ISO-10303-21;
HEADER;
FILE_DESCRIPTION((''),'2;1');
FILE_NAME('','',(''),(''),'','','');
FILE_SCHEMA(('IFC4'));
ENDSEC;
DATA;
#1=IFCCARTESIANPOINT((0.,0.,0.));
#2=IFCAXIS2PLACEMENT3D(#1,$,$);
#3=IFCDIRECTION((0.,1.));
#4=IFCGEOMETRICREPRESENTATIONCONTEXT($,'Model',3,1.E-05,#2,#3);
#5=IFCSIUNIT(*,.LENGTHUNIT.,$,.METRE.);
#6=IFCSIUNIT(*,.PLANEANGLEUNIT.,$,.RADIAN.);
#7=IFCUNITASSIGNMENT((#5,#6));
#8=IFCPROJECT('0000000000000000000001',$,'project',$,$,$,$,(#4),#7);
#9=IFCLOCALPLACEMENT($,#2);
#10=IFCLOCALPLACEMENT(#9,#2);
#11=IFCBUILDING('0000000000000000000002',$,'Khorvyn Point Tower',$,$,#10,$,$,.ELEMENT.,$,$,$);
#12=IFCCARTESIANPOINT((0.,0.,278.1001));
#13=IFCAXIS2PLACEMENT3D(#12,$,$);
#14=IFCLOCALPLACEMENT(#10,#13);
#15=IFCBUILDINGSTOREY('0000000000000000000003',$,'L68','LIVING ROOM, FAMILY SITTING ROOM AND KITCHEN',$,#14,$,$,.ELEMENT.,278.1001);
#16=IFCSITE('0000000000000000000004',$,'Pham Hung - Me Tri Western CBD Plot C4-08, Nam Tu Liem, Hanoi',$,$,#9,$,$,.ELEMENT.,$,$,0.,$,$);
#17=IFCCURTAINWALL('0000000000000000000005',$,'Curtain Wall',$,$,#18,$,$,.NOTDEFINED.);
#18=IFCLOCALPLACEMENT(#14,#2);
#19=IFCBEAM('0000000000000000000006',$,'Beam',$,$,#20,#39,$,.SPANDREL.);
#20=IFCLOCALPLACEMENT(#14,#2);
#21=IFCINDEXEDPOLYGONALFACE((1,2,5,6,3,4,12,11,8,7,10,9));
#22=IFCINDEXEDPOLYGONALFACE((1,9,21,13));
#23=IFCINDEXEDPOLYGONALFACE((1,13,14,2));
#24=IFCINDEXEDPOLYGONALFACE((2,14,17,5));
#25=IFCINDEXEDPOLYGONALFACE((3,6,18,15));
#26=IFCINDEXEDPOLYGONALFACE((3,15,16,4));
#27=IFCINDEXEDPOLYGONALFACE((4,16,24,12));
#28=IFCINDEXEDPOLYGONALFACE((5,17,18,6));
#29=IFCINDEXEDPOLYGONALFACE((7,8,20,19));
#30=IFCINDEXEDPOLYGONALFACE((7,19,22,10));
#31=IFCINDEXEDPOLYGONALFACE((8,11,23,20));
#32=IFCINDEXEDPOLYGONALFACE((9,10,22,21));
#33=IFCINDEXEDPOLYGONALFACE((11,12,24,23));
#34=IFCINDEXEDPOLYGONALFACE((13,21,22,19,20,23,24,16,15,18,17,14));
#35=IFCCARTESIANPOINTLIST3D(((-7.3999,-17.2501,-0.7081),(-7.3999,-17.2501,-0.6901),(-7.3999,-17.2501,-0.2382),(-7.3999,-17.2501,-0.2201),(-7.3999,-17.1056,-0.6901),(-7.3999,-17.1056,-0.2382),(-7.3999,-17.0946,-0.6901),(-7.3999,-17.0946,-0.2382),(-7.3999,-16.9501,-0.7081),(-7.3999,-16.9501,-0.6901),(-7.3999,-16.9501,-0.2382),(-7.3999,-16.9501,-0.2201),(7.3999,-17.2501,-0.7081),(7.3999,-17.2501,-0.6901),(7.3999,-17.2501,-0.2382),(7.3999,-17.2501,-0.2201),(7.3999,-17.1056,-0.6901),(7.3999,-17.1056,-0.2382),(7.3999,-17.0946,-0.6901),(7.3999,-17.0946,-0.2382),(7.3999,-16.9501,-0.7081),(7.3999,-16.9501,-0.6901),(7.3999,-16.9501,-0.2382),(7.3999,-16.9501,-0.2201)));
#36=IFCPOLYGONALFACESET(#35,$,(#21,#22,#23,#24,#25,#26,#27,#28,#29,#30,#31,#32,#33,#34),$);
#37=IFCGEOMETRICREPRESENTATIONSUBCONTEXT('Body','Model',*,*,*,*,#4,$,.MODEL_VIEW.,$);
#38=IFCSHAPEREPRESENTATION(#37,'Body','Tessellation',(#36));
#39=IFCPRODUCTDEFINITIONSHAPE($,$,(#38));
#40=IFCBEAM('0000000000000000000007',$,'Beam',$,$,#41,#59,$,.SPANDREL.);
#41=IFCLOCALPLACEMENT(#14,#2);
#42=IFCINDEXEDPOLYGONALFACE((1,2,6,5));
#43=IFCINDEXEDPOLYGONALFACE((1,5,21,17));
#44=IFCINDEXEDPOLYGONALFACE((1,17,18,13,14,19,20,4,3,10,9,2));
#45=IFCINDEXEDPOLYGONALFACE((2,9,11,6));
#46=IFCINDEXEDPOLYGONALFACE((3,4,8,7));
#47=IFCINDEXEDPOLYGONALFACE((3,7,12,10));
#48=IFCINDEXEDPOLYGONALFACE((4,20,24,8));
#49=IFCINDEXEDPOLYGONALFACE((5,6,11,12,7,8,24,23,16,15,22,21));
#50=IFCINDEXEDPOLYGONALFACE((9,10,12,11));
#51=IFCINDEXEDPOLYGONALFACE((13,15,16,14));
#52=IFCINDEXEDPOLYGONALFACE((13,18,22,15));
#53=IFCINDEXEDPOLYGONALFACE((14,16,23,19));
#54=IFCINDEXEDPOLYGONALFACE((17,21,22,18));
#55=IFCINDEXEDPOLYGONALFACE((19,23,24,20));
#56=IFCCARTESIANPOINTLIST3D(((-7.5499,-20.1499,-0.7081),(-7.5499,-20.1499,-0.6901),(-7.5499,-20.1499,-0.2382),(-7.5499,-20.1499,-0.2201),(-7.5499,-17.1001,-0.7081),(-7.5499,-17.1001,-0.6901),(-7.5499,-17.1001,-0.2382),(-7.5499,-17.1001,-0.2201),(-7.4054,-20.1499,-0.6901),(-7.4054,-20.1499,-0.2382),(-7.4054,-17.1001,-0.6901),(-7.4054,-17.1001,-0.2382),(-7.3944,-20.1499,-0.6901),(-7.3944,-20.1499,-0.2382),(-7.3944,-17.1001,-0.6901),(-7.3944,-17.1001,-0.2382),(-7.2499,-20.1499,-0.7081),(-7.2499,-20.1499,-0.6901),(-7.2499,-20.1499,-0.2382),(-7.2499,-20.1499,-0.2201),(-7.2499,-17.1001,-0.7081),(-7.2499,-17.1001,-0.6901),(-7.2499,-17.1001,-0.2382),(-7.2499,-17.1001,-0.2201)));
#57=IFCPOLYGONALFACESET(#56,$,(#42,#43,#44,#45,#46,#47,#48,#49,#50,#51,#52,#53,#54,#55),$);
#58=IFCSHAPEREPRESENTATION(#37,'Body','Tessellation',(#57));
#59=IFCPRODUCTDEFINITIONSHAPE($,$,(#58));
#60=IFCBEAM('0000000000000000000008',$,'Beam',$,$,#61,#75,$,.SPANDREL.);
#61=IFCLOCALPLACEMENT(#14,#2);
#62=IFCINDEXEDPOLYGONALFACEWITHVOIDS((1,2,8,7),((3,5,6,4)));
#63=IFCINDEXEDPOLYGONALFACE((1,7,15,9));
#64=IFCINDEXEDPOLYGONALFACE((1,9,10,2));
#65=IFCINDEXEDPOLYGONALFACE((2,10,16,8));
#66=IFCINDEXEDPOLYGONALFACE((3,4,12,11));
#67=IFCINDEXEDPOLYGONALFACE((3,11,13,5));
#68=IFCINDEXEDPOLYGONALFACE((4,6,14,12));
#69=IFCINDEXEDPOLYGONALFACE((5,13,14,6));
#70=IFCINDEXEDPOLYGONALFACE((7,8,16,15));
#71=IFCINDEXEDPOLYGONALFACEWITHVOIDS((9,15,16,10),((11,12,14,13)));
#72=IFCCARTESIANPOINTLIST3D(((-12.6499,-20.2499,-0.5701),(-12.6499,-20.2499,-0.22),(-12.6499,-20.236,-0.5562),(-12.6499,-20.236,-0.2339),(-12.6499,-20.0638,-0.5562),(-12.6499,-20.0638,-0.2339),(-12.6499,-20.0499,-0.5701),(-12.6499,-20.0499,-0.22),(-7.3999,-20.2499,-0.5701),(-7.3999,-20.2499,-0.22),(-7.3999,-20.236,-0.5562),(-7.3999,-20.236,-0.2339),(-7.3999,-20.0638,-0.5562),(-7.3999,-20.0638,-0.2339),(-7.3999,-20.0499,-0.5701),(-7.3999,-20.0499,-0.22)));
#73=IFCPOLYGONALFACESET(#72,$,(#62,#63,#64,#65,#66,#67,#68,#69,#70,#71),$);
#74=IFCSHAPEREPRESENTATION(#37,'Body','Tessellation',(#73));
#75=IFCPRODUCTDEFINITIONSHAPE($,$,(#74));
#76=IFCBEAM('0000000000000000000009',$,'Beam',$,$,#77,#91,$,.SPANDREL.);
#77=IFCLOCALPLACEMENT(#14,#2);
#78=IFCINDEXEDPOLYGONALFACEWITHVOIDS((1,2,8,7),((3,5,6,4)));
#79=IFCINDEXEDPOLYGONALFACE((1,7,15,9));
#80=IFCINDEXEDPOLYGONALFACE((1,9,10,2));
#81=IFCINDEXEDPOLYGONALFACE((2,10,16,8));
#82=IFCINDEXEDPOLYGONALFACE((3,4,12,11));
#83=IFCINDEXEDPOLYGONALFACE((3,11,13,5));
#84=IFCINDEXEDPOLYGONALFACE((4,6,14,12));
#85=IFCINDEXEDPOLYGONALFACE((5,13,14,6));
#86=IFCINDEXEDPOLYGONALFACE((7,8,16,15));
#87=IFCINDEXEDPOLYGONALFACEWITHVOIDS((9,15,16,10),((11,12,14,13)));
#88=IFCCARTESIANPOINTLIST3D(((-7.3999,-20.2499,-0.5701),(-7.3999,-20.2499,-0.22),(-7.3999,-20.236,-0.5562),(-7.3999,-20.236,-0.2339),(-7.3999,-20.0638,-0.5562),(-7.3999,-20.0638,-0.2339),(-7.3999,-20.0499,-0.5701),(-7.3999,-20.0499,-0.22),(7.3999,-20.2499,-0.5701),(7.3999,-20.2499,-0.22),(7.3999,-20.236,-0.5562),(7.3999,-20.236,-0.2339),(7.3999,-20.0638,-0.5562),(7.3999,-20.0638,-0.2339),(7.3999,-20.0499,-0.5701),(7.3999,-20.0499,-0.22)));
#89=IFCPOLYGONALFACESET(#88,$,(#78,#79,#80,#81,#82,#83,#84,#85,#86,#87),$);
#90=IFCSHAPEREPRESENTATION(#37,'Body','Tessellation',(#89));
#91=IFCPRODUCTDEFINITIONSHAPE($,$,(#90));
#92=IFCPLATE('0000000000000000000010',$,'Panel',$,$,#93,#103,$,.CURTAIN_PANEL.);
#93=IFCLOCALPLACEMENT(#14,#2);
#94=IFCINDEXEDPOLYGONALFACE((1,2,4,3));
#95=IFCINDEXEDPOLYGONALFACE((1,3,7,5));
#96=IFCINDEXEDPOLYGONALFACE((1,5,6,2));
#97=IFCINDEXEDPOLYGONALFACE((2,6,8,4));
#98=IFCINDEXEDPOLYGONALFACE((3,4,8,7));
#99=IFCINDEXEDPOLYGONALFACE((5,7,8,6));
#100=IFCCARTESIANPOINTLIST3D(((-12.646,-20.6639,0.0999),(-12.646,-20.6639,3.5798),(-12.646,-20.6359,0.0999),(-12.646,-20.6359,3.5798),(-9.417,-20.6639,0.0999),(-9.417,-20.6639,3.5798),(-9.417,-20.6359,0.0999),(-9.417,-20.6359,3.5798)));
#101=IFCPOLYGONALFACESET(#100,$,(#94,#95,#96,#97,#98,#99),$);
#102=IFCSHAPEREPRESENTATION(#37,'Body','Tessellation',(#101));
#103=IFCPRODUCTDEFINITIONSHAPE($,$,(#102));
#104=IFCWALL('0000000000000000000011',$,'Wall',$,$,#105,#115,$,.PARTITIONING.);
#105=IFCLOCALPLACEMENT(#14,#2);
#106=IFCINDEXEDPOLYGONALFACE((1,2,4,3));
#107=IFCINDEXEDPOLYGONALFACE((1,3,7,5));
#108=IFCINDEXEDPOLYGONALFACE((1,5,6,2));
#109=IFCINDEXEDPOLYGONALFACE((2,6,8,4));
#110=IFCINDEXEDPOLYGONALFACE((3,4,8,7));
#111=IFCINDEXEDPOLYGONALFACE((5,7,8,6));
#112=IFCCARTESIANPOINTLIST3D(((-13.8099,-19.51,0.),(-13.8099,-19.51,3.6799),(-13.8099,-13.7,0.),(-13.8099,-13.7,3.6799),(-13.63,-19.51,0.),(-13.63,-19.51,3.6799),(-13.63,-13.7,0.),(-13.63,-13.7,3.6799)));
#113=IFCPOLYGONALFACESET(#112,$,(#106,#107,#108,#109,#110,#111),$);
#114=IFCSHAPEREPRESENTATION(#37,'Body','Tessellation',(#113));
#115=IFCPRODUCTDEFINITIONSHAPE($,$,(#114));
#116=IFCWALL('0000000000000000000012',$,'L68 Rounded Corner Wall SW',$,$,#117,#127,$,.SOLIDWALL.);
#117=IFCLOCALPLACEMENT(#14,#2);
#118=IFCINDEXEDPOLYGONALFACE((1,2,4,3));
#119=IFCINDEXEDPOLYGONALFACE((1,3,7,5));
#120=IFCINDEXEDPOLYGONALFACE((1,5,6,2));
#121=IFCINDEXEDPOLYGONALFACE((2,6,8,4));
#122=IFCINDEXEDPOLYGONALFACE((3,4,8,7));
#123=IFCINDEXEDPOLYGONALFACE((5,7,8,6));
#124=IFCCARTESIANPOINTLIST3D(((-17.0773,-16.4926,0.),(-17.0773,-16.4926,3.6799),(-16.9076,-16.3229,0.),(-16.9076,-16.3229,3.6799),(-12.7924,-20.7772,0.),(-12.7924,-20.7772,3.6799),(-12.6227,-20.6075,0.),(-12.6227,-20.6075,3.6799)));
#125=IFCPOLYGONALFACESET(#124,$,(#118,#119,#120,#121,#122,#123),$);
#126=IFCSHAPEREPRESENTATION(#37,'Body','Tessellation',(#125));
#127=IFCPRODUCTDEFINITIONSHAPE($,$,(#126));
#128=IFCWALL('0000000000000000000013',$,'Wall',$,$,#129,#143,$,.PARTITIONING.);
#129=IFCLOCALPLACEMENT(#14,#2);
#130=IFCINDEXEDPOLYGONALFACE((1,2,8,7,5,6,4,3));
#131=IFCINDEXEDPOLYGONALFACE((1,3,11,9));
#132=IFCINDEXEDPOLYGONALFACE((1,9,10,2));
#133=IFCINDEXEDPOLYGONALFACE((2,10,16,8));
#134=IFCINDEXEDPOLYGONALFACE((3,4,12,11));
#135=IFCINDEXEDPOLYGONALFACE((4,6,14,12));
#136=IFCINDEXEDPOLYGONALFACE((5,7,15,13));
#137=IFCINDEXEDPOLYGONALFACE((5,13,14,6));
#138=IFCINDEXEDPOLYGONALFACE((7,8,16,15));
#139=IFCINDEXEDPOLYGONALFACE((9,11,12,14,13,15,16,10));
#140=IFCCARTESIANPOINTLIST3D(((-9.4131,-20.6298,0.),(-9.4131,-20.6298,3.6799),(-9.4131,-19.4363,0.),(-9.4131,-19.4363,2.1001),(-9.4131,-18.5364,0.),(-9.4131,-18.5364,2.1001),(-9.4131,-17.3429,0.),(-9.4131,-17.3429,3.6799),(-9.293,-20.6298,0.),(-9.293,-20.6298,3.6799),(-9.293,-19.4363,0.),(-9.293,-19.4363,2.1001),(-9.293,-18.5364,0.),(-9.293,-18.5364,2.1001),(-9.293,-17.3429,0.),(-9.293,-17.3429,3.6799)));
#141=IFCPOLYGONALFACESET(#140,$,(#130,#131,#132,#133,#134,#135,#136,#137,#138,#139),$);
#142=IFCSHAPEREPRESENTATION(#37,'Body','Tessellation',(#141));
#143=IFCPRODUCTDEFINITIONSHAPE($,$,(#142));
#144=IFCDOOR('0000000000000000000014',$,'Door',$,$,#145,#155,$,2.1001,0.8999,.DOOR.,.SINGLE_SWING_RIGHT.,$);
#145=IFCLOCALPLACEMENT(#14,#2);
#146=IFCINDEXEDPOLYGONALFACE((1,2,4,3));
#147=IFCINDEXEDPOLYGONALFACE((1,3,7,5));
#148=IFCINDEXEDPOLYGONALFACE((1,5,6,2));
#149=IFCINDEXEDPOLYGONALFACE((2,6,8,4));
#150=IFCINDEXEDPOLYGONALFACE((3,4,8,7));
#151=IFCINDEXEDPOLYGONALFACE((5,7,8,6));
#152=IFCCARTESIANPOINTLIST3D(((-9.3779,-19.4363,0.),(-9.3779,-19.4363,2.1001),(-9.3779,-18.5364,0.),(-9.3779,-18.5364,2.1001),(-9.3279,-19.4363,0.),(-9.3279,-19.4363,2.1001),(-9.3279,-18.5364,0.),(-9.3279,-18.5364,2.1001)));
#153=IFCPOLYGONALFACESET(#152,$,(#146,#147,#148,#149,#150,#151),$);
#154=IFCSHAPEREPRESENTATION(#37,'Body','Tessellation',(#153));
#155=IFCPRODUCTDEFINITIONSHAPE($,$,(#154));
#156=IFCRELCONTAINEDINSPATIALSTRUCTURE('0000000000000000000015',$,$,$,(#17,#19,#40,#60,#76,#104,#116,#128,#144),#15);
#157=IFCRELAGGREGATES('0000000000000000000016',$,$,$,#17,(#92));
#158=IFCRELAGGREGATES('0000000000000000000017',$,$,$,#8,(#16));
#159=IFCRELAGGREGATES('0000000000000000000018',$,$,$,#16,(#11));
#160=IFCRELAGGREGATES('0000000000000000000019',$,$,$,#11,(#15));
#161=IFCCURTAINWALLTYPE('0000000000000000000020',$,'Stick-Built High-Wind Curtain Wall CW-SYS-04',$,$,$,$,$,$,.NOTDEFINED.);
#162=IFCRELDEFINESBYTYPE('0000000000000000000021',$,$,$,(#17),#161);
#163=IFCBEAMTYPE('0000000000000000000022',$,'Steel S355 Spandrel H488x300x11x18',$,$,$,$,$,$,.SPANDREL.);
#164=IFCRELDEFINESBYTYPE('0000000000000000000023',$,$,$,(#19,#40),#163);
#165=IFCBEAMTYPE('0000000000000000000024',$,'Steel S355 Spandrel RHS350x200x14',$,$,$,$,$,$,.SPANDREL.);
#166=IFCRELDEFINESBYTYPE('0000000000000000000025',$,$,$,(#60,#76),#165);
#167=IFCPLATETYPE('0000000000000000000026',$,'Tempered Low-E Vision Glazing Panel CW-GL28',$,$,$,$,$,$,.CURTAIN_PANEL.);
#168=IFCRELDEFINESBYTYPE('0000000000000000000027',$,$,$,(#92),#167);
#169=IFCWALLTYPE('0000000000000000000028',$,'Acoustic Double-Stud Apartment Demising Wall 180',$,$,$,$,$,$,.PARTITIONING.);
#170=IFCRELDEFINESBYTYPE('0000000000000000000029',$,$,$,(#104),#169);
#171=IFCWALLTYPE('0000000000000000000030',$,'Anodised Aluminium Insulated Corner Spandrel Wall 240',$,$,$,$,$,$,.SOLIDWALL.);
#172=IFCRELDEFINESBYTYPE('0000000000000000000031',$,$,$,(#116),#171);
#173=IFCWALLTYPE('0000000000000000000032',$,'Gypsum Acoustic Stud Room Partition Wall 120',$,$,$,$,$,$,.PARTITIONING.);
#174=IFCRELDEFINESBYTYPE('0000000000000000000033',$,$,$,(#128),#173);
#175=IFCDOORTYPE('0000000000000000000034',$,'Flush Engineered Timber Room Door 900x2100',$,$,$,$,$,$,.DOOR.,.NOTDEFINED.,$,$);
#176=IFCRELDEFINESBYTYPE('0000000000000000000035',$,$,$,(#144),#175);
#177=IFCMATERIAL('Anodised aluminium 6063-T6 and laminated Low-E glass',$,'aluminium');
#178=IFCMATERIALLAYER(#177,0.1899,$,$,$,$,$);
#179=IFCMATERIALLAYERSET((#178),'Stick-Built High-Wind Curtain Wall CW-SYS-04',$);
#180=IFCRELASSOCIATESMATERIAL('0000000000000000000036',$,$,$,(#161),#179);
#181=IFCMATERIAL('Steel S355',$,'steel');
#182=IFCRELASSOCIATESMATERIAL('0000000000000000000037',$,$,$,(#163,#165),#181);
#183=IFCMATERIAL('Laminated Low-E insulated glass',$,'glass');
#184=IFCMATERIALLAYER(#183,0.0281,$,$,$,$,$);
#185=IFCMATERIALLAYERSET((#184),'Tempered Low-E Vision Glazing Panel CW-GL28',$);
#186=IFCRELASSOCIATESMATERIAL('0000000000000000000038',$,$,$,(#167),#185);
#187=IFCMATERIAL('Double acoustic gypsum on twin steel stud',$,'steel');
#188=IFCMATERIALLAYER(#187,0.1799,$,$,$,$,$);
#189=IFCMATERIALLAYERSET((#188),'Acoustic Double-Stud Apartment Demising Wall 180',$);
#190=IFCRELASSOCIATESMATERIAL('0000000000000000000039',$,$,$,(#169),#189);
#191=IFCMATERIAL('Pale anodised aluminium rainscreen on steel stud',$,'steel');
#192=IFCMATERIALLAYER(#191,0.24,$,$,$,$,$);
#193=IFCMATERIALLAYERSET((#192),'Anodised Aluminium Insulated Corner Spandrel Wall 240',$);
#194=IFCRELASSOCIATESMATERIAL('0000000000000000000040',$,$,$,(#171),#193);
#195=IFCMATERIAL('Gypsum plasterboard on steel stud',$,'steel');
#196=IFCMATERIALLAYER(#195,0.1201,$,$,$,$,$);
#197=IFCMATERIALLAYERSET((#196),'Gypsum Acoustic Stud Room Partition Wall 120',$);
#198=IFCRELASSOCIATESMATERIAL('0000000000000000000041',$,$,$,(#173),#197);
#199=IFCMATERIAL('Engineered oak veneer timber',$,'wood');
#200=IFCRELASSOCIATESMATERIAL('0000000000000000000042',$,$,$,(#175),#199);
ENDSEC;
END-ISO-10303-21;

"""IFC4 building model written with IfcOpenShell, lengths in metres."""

from ifc_helpers import new_model, si_unit, direction, frame, frame_2d, origin, origin_2d, place, context, subcontext, project, spatial, rectangle, hollow_rectangle, i_section, extrude, material, layer, layer_set, material_profile, profile_set, type_object, element, fill, aggregate, save


model = new_model("IFC4")

# Units and contexts
model_context = context("Model", 3, precision=1e-05, world=origin(), true_north=direction((0.0, 1.0)))
body_context = subcontext(model_context, "Body", "Model", "MODEL_VIEW")
ifc_project = project(units=[si_unit("LENGTHUNIT", "METRE"), si_unit("PLANEANGLEUNIT", "RADIAN")], contexts=[model_context])

# Site, building, storey
site_placement = place(None, origin())
site = spatial("IfcSite", under=ifc_project, at=site_placement, Name="Pham Hung - Me Tri Western CBD Plot C4-08, Nam Tu Liem, Hanoi", CompositionType="ELEMENT", RefElevation=0.0)
building_placement = place(site_placement, origin())
building = spatial("IfcBuilding", under=site, at=building_placement, Name="Khorvyn Point Tower", CompositionType="ELEMENT")
storey_placement = place(building_placement, frame((0.0, 0.0, 278.1001)))
storey = spatial("IfcBuildingStorey", under=building, at=storey_placement, Name="L68", Description="LIVING ROOM, FAMILY SITTING ROOM AND KITCHEN", CompositionType="ELEMENT", Elevation=278.1001)

# Shared definitions
ifc_material_1 = material(Name="Steel S355", Category="steel")

# Curtain wall
ifc_material_2 = material(Name="Anodised aluminium 6063-T6 and laminated Low-E glass", Category="aluminium")
ifc_layer_1 = layer(ifc_material_2, 0.1899)
ifc_layer_set_1 = layer_set([ifc_layer_1], Name="Stick-Built High-Wind Curtain Wall CW-SYS-04")
curtain_wall_type = type_object("IfcCurtainWallType", Name="Stick-Built High-Wind Curtain Wall CW-SYS-04", PredefinedType="NOTDEFINED", material=ifc_layer_set_1)
curtain_wall_1_placement = place(storey_placement, origin())
curtain_wall_1 = element("IfcCurtainWall", 1, at=curtain_wall_1_placement, inside=storey, type_object=curtain_wall_type, Name="Curtain Wall", PredefinedType="NOTDEFINED")

# Beams
ifc_material_profile_1 = material_profile(ifc_material_1, i_section(OverallWidth=0.3, OverallDepth=0.488, WebThickness=0.011, FlangeThickness=0.0181, at=origin_2d()))
ifc_profile_set_1 = profile_set([ifc_material_profile_1], Name="Steel S355 H488x300x11x18")
beam_type_1 = type_object("IfcBeamType", Name="Steel S355 Spandrel H488x300x11x18", PredefinedType="SPANDREL", material=ifc_profile_set_1)
beam_1_placement = place(storey_placement, frame((-7.3999, -17.1001, -0.4641), z_axis=(1.0, 0.0, 0.0), x_axis=(0.0, 1.0, 0.0)))
element("IfcBeam", 2, at=beam_1_placement, inside=storey, type_object=beam_type_1, Name="Beam", PredefinedType="SPANDREL", context=body_context, shape_type="SweptSolid", body=[
    extrude(i_section(OverallWidth=0.3, OverallDepth=0.488, WebThickness=0.011, FlangeThickness=0.0181, at=origin_2d()), origin(), (0.0, 0.0, 1.0), 14.7998),
])
beam_2_placement = place(storey_placement, frame((-7.3999, -20.1499, -0.4641), z_axis=(0.0, 1.0, 0.0), x_axis=(-1.0, 0.0, 0.0)))
element("IfcBeam", 3, at=beam_2_placement, inside=storey, type_object=beam_type_1, Name="Beam", PredefinedType="SPANDREL", context=body_context, shape_type="SweptSolid", body=[
    extrude(i_section(OverallWidth=0.3, OverallDepth=0.488, WebThickness=0.011, FlangeThickness=0.0181, at=origin_2d()), origin(), (0.0, 0.0, 1.0), 3.0498),
])
ifc_material_profile_2 = material_profile(ifc_material_1, hollow_rectangle(XDim=0.2, YDim=0.3501, WallThickness=0.0139, at=origin_2d()))
ifc_profile_set_2 = profile_set([ifc_material_profile_2], Name="Steel S355 RHS350x200x14")
beam_type_2 = type_object("IfcBeamType", Name="Steel S355 Spandrel RHS350x200x14", PredefinedType="SPANDREL", material=ifc_profile_set_2)
beam_3_placement = place(storey_placement, frame((-12.6499, -20.1499, -0.395), z_axis=(1.0, 0.0, 0.0), x_axis=(0.0, 1.0, 0.0)))
element("IfcBeam", 4, at=beam_3_placement, inside=storey, type_object=beam_type_2, Name="Beam", PredefinedType="SPANDREL", context=body_context, shape_type="SweptSolid", body=[
    extrude(hollow_rectangle(XDim=0.2, YDim=0.3501, WallThickness=0.0139, at=origin_2d()), origin(), (0.0, 0.0, 1.0), 5.25),
])
beam_4_placement = place(storey_placement, frame((-7.3999, -20.1499, -0.395), z_axis=(1.0, 0.0, 0.0), x_axis=(0.0, 1.0, 0.0)))
element("IfcBeam", 5, at=beam_4_placement, inside=storey, type_object=beam_type_2, Name="Beam", PredefinedType="SPANDREL", context=body_context, shape_type="SweptSolid", body=[
    extrude(hollow_rectangle(XDim=0.2, YDim=0.3501, WallThickness=0.0139, at=origin_2d()), origin(), (0.0, 0.0, 1.0), 14.7998),
])

# Plate
ifc_material_3 = material(Name="Laminated Low-E insulated glass", Category="glass")
ifc_layer_2 = layer(ifc_material_3, 0.0281)
ifc_layer_set_2 = layer_set([ifc_layer_2], Name="Tempered Low-E Vision Glazing Panel CW-GL28")
plate_type = type_object("IfcPlateType", Name="Tempered Low-E Vision Glazing Panel CW-GL28", PredefinedType="CURTAIN_PANEL", material=ifc_layer_set_2)
plate_placement = place(storey_placement, frame((-11.0315, -20.6499, 0.0999), z_axis=(0.0, 0.0, 1.0), x_axis=(-1.0, 0.0, 0.0)))
plate = element("IfcPlate", 6, at=plate_placement, type_object=plate_type, Name="Panel", PredefinedType="CURTAIN_PANEL", context=body_context, shape_type="SweptSolid", body=[
    extrude(rectangle(XDim=3.229, YDim=0.0281, at=origin_2d()), origin(), (0.0, 0.0, 1.0), 3.48),
])
aggregate(curtain_wall_1, [plate])

# Walls
ifc_material_4 = material(Name="Double acoustic gypsum on twin steel stud", Category="steel")
ifc_layer_3 = layer(ifc_material_4, 0.1799)
ifc_layer_set_3 = layer_set([ifc_layer_3], Name="Acoustic Double-Stud Apartment Demising Wall 180")
wall_type_1 = type_object("IfcWallType", Name="Acoustic Double-Stud Apartment Demising Wall 180", PredefinedType="PARTITIONING", material=ifc_layer_set_3)
wall_1_placement = place(storey_placement, frame((-13.72, -19.51, 0.0), z_axis=(0.0, 0.0, 1.0), x_axis=(0.0, 1.0, 0.0)))
element("IfcWall", 7, at=wall_1_placement, inside=storey, type_object=wall_type_1, Name="Wall", PredefinedType="PARTITIONING", context=body_context, shape_type="SweptSolid", body=[
    extrude(rectangle(XDim=5.8101, YDim=0.1799, at=frame_2d((2.905, 0.0))), origin(), (0.0, 0.0, 1.0), 3.6799),
])
ifc_material_5 = material(Name="Pale anodised aluminium rainscreen on steel stud", Category="steel")
ifc_layer_4 = layer(ifc_material_5, 0.24)
ifc_layer_set_4 = layer_set([ifc_layer_4], Name="Anodised Aluminium Insulated Corner Spandrel Wall 240")
wall_type_2 = type_object("IfcWallType", Name="Anodised Aluminium Insulated Corner Spandrel Wall 240", PredefinedType="SOLIDWALL", material=ifc_layer_set_4)
wall_2_placement = place(storey_placement, frame((-12.7075, -20.6924, 0.0), z_axis=(0.0, 0.0, 1.0), x_axis=(-0.707127, 0.707087, 0.0)))
element("IfcWall", 8, at=wall_2_placement, inside=storey, type_object=wall_type_2, Name="L68 Rounded Corner Wall SW", PredefinedType="SOLIDWALL", context=body_context, shape_type="SweptSolid", body=[
    extrude(rectangle(XDim=6.0596, YDim=0.24, at=frame_2d((3.0298, 0.0))), origin(), (0.0, 0.0, 1.0), 3.6799),
])

# Wall, opening, door
ifc_material_6 = material(Name="Gypsum plasterboard on steel stud", Category="steel")
ifc_layer_5 = layer(ifc_material_6, 0.1201)
ifc_layer_set_5 = layer_set([ifc_layer_5], Name="Gypsum Acoustic Stud Room Partition Wall 120")
wall_type_3 = type_object("IfcWallType", Name="Gypsum Acoustic Stud Room Partition Wall 120", PredefinedType="PARTITIONING", material=ifc_layer_set_5)
wall_3_placement = place(storey_placement, frame((-9.353, -20.6299, 0.0), z_axis=(0.0, 0.0, 1.0), x_axis=(0.0, 1.0, 0.0)))
wall_3 = element("IfcWall", 9, at=wall_3_placement, inside=storey, type_object=wall_type_3, Name="Wall", PredefinedType="PARTITIONING", context=body_context, shape_type="SweptSolid", body=[
    extrude(rectangle(XDim=3.2869, YDim=0.1201, at=frame_2d((1.6436, 0.0))), origin(), (0.0, 0.0, 1.0), 3.6799),
])
opening_1_placement = place(wall_3_placement, frame((1.1936, 0.0, 0.0)))
opening_1 = element("IfcOpeningElement", 10, at=opening_1_placement, cuts=wall_3, PredefinedType="OPENING", context=body_context, shape_type="SweptSolid", body=[
    extrude(rectangle(XDim=0.8999, YDim=2.1001, at=frame_2d((0.45, 1.05))), frame((0.0, 0.0701, 0.0), z_axis=(0.0, -1.0, 0.0), x_axis=(1.0, 0.0, 0.0)), (0.0, 0.0, 1.0), 0.1401),
])
ifc_material_7 = material(Name="Engineered oak veneer timber", Category="wood")
door_type_1 = type_object("IfcDoorType", Name="Flush Engineered Timber Room Door 900x2100", OperationType="NOTDEFINED", PredefinedType="DOOR", material=ifc_material_7)
door_1_placement = place(opening_1_placement, origin())
door_1 = element("IfcDoor", 11, at=door_1_placement, inside=storey, type_object=door_type_1, Name="Door", OperationType="SINGLE_SWING_RIGHT", OverallHeight=2.1001, OverallWidth=0.8999, PredefinedType="DOOR", context=body_context, shape_type="SweptSolid", body=[
    extrude(rectangle(XDim=0.8999, YDim=2.1001, at=frame_2d((0.45, 1.05))), frame((0.0, 0.0249, 0.0), z_axis=(0.0, -1.0, 0.0), x_axis=(1.0, 0.0, 0.0)), (0.0, 0.0, 1.0), 0.05),
])
fill(opening_1, door_1)

save(model, "model.ifc")
